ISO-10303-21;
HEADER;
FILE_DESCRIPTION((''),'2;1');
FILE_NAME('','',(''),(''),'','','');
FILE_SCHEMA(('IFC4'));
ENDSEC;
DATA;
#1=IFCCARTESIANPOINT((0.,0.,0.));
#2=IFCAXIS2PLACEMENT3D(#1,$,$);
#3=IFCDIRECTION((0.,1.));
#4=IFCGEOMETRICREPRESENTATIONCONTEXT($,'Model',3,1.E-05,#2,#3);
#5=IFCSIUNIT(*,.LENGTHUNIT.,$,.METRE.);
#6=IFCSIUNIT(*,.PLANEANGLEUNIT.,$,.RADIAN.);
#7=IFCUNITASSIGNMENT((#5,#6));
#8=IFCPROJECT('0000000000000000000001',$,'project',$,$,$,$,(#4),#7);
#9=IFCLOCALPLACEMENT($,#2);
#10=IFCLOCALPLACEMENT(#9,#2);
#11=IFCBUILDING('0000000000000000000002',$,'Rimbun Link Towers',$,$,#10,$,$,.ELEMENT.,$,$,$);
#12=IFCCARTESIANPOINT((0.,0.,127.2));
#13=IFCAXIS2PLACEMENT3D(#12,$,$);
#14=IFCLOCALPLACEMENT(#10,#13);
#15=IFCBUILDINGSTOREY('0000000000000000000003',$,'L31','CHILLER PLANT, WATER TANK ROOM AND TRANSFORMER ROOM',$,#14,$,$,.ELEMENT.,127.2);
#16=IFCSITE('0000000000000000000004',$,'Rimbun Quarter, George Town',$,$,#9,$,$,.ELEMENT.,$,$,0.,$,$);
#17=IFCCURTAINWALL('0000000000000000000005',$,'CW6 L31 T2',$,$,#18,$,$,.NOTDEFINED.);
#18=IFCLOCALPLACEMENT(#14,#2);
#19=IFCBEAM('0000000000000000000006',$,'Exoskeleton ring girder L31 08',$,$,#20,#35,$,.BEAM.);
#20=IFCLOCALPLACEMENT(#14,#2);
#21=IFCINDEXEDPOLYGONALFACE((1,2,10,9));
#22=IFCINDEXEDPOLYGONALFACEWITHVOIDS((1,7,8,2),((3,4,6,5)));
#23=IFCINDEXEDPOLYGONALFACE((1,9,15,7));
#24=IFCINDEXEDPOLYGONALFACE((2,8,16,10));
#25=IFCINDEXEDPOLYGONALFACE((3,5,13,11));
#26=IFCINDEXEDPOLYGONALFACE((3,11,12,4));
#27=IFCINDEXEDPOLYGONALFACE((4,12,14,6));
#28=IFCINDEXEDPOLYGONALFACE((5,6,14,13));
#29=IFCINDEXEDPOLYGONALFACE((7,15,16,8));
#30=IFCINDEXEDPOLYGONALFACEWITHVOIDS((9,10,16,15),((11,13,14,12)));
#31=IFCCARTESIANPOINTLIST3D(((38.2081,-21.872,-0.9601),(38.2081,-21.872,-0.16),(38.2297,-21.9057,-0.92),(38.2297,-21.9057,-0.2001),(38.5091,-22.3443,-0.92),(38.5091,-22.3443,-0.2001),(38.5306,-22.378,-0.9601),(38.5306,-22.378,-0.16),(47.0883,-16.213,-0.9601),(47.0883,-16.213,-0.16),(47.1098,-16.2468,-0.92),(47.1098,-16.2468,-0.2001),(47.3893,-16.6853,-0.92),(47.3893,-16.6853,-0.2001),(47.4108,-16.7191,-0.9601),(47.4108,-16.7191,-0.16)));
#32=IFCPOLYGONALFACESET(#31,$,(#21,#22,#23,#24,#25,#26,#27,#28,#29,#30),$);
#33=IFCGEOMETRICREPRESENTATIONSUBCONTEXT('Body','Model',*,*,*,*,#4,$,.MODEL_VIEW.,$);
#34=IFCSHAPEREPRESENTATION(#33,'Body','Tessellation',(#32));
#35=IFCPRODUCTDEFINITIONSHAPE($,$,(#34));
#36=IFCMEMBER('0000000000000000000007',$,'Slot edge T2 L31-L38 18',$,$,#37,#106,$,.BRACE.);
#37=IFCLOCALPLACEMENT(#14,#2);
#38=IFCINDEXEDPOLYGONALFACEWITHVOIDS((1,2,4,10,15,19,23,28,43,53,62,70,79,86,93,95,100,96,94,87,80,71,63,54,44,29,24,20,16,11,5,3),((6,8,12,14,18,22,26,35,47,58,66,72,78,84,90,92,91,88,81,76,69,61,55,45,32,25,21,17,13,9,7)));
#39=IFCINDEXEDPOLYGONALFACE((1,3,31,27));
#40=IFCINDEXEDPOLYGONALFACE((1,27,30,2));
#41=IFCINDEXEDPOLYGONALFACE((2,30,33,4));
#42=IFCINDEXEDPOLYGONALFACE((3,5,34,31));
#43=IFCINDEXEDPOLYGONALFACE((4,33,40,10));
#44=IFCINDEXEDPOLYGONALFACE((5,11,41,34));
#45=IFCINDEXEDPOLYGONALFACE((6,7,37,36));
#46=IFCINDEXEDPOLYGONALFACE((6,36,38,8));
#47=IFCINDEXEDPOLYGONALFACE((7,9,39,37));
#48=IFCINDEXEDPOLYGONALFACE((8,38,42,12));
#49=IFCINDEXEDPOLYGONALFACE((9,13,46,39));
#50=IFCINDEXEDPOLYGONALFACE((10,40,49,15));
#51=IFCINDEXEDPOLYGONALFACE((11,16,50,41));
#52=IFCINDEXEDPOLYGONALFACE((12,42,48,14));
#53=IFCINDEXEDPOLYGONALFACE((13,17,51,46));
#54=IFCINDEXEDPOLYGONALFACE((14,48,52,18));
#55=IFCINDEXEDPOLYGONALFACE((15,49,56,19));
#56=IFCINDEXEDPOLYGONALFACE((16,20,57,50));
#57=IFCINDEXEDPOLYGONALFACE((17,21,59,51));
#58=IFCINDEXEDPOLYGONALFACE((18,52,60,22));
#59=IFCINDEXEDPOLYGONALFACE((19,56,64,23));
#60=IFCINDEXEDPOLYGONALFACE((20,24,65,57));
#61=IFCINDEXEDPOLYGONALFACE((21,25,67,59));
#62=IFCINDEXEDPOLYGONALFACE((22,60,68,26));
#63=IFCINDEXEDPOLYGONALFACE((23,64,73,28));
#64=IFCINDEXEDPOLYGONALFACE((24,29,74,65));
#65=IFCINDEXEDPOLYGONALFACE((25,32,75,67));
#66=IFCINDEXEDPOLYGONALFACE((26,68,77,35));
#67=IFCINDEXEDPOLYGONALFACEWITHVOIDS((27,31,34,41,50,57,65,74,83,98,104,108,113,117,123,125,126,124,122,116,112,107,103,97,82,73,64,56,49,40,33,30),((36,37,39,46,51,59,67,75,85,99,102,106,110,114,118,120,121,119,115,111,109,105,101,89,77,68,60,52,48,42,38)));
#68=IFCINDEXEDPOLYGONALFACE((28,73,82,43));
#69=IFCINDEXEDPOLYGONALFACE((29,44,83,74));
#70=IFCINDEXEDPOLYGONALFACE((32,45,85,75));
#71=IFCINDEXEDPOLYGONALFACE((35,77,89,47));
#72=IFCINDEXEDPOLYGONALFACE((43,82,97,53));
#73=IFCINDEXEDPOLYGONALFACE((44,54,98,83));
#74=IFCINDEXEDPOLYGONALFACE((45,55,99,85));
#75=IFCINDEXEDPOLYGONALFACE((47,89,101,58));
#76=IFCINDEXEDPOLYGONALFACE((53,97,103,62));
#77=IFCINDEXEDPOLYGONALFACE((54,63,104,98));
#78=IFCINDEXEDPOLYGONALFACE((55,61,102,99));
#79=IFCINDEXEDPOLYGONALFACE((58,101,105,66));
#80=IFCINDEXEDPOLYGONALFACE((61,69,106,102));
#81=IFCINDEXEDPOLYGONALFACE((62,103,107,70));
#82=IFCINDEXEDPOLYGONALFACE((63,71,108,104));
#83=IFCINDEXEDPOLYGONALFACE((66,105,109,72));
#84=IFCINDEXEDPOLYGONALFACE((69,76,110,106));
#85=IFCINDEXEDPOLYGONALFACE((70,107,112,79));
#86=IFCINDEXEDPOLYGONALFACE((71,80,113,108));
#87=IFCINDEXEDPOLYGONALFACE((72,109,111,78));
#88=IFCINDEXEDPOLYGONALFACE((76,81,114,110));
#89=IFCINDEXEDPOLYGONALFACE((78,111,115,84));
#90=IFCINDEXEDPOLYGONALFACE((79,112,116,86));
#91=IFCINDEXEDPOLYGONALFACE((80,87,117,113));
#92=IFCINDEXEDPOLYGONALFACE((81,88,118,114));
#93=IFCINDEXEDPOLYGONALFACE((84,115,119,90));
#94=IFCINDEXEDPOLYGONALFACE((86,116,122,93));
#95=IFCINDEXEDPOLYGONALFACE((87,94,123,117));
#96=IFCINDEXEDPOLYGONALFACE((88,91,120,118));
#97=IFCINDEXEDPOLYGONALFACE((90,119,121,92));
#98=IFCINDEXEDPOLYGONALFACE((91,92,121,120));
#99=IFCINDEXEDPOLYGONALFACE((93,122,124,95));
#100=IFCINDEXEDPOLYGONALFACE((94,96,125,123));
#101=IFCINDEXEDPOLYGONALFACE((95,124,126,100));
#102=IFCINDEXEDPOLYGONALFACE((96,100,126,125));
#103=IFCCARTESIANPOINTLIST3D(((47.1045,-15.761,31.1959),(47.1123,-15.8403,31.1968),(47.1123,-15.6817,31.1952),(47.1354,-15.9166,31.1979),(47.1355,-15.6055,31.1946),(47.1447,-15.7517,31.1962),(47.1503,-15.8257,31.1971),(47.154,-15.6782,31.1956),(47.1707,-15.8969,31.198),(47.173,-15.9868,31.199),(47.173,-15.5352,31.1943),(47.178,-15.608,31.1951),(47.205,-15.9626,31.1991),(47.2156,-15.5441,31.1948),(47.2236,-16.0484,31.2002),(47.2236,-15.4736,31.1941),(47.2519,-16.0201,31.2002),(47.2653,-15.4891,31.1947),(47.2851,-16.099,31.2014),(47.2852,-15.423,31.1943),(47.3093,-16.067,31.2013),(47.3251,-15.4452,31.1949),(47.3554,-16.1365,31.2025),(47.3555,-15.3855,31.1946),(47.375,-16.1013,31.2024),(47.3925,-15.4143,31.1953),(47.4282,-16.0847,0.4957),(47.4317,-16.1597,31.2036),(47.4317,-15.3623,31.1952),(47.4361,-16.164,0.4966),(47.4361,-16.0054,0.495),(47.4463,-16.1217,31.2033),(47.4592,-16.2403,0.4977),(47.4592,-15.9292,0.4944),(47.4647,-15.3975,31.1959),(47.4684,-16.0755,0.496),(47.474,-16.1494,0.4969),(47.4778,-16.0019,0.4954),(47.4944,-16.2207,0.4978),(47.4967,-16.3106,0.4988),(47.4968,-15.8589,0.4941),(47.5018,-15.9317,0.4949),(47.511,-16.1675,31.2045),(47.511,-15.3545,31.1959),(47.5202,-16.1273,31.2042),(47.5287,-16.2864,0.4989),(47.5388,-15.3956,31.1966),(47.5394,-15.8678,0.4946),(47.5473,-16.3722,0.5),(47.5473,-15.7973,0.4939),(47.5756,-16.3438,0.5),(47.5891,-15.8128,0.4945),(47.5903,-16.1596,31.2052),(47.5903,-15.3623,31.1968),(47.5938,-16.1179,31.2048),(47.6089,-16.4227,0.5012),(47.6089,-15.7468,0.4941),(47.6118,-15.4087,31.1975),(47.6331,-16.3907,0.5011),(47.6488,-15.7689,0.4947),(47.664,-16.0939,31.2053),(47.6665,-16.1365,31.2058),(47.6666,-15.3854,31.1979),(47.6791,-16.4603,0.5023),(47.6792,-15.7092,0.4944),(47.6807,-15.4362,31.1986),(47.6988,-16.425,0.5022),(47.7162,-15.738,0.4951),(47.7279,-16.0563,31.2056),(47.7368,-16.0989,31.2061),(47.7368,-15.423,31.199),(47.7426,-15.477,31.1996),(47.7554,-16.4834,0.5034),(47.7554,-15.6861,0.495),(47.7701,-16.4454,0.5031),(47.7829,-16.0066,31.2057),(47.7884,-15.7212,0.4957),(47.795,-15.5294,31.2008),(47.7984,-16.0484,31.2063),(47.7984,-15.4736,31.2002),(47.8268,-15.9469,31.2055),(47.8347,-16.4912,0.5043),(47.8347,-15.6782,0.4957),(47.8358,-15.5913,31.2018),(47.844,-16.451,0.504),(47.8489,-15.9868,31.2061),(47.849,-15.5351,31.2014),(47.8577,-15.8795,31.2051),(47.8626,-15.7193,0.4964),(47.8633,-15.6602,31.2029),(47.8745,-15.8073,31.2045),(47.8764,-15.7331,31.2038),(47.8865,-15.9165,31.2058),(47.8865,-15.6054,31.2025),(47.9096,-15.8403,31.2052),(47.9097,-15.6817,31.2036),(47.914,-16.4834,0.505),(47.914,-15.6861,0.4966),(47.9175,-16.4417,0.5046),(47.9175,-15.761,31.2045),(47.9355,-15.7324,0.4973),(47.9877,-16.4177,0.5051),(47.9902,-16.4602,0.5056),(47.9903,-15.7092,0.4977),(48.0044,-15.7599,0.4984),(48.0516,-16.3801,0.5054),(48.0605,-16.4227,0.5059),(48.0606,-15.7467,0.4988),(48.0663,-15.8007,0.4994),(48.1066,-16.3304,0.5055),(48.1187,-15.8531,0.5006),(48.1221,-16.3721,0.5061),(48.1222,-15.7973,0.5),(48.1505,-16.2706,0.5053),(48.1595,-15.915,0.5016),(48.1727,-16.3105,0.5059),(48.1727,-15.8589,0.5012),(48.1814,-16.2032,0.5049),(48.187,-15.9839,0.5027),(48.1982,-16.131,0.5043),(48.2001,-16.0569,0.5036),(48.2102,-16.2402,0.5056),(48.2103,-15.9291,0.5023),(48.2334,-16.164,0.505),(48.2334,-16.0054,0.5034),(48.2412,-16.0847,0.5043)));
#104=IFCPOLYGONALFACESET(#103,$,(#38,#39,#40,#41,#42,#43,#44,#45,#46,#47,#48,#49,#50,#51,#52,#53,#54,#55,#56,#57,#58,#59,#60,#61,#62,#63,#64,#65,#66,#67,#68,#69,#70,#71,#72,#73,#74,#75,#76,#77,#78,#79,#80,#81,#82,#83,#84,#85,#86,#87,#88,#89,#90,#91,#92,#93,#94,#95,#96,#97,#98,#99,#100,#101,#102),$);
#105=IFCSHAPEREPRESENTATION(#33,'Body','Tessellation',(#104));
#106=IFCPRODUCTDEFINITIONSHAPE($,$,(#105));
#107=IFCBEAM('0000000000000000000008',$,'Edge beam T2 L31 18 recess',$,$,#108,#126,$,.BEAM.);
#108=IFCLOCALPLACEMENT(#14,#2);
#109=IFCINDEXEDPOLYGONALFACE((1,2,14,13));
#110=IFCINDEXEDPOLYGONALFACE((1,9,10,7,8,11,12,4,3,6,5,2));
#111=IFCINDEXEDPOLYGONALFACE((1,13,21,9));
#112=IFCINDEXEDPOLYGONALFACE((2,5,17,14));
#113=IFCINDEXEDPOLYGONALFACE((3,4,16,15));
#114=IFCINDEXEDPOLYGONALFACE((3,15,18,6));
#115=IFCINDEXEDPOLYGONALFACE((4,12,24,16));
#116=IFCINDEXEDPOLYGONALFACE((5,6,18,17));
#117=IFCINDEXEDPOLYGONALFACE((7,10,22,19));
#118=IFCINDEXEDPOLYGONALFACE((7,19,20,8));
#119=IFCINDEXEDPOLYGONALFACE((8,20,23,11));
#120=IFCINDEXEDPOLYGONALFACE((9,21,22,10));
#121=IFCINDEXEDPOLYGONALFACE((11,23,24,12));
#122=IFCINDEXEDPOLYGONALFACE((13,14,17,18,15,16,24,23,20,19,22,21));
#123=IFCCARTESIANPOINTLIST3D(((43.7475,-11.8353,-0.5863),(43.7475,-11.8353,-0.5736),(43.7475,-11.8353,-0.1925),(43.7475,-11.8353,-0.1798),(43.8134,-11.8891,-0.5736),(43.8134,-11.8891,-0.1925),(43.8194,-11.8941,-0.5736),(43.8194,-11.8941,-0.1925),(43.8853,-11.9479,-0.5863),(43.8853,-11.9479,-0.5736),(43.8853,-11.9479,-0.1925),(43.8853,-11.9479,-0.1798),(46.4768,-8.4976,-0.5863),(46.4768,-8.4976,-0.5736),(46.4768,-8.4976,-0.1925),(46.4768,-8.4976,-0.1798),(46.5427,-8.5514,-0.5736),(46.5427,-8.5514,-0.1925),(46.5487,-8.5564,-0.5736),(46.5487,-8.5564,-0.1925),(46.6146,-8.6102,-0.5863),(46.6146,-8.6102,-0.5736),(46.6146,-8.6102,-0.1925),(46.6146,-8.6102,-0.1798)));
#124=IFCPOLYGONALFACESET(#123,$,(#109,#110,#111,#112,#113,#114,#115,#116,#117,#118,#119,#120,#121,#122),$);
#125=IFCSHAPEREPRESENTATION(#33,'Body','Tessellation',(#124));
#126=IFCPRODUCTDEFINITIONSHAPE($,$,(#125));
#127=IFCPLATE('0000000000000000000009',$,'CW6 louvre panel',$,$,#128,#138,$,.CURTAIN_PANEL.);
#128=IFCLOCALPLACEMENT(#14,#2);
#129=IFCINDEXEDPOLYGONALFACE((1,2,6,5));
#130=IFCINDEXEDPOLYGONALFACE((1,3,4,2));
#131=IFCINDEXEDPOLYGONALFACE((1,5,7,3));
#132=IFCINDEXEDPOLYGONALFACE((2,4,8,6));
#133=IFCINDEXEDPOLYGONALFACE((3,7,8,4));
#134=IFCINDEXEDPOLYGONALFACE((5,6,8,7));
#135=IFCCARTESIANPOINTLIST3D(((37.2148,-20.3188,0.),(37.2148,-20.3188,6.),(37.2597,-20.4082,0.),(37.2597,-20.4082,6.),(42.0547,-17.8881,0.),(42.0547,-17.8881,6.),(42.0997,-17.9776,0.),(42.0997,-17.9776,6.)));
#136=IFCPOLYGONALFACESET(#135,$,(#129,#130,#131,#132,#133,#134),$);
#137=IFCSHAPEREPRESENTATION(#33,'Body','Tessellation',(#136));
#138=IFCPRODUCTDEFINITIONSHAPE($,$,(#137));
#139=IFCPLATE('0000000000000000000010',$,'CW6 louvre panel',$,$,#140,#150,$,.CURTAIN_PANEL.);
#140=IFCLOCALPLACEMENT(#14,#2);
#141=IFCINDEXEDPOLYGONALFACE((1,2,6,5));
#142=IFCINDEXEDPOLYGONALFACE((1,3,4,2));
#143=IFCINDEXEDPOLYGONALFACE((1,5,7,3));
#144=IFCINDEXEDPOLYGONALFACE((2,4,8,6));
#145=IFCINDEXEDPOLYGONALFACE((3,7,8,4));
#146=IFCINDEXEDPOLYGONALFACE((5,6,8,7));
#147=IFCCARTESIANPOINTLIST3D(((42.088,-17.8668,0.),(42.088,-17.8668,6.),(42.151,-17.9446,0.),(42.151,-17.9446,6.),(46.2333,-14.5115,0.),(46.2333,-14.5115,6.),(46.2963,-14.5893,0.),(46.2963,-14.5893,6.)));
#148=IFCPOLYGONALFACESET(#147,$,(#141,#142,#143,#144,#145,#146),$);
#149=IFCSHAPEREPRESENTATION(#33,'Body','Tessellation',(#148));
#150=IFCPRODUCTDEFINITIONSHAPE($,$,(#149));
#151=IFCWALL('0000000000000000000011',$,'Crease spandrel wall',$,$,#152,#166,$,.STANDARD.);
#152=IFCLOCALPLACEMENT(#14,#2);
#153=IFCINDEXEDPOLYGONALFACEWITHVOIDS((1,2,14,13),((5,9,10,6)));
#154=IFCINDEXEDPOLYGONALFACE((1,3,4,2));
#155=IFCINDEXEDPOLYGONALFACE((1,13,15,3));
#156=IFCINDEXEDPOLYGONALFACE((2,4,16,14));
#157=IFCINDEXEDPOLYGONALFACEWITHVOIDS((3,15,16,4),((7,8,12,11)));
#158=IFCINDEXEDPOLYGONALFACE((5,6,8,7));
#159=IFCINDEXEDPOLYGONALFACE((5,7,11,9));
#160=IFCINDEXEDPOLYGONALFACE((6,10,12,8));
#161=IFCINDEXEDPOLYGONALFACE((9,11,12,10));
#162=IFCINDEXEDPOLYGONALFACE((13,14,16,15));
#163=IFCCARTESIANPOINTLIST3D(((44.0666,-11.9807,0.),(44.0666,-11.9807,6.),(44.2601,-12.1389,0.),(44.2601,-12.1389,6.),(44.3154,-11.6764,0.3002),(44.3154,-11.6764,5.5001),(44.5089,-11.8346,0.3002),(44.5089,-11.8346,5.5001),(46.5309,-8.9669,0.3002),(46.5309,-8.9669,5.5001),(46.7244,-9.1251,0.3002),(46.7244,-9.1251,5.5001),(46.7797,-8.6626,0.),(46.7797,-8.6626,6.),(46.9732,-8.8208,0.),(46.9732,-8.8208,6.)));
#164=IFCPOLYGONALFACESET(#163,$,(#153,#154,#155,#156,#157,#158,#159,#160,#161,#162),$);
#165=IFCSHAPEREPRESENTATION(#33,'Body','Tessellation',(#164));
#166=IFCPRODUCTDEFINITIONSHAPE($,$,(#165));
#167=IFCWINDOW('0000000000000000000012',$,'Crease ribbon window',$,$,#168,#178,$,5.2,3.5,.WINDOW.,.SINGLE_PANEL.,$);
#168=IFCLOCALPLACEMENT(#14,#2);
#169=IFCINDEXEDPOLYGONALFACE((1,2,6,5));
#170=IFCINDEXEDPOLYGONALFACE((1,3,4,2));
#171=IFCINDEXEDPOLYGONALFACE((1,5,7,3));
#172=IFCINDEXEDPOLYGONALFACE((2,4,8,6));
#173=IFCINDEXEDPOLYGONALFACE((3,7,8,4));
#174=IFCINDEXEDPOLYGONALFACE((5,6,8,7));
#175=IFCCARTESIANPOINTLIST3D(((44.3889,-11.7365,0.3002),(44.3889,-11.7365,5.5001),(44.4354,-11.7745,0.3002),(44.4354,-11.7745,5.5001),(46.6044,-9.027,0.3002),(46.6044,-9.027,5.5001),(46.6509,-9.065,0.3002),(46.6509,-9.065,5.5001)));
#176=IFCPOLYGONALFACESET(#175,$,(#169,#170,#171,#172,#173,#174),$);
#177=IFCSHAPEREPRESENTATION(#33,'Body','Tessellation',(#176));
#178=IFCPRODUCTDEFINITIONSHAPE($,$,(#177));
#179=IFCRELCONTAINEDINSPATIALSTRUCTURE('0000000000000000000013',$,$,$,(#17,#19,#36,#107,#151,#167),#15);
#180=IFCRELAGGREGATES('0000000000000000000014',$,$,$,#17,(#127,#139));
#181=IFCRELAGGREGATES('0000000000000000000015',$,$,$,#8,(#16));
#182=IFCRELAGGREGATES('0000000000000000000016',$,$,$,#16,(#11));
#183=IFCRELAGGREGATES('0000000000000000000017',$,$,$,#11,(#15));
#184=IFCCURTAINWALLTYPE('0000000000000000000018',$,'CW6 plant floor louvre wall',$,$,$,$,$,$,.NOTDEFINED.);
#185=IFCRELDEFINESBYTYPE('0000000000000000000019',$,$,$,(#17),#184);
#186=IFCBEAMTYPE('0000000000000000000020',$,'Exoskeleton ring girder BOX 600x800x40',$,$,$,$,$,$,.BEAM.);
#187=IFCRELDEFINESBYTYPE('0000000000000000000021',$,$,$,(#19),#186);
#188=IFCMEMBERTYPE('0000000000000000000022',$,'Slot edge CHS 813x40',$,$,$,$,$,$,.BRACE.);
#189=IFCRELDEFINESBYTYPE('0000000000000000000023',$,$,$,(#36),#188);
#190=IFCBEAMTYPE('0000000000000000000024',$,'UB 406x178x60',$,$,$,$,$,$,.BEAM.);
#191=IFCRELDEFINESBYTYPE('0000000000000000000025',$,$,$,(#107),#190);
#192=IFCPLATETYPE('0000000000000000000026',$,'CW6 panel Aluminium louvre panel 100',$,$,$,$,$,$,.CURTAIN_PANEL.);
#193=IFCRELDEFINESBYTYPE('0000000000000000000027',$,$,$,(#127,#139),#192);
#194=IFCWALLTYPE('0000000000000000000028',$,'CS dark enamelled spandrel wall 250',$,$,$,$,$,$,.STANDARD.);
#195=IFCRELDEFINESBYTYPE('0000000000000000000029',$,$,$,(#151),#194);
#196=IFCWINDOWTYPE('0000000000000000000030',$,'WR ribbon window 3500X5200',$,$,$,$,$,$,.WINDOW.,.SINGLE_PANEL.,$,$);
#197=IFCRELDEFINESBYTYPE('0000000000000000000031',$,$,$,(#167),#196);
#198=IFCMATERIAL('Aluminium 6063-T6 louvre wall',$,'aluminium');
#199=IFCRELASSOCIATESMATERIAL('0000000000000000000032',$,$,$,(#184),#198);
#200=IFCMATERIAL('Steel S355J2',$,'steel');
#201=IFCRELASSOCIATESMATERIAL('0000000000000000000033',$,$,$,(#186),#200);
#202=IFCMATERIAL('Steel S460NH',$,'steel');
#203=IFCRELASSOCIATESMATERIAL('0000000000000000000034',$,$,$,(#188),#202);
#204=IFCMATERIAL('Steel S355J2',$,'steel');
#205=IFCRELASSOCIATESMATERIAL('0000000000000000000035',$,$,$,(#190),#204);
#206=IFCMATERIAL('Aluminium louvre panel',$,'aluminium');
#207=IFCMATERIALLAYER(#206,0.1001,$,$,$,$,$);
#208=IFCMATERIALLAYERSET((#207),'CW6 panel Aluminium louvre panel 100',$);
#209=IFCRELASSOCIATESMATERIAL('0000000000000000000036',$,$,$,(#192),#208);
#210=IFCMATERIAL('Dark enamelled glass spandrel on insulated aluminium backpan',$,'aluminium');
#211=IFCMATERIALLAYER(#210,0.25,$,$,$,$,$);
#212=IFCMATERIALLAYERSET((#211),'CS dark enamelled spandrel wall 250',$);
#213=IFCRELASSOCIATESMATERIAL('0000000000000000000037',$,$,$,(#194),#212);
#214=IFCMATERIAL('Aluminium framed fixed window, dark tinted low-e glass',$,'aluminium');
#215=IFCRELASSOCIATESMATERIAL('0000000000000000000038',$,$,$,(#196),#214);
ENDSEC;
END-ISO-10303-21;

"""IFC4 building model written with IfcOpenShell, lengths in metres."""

from ifc_helpers import new_model, si_unit, direction, frame, frame_2d, origin, origin_2d, place, context, subcontext, project, spatial, rectangle, hollow_rectangle, hollow_circle, i_section, extrude, material, layer, layer_set, material_profile, profile_set, type_object, element, fill, aggregate, save


model = new_model("IFC4")

# Units and contexts
model_context = context("Model", 3, precision=1e-05, world=origin(), true_north=direction((0.0, 1.0)))
body_context = subcontext(model_context, "Body", "Model", "MODEL_VIEW")
ifc_project = project(units=[si_unit("LENGTHUNIT", "METRE"), si_unit("PLANEANGLEUNIT", "RADIAN")], contexts=[model_context])

# Site, building, storey
site_placement = place(None, origin())
site = spatial("IfcSite", under=ifc_project, at=site_placement, Name="Rimbun Quarter, George Town", CompositionType="ELEMENT", RefElevation=0.0)
building_placement = place(site_placement, origin())
building = spatial("IfcBuilding", under=site, at=building_placement, Name="Rimbun Link Towers", CompositionType="ELEMENT")
storey_placement = place(building_placement, frame((0.0, 0.0, 127.2)))
storey = spatial("IfcBuildingStorey", under=building, at=storey_placement, Name="L31", Description="CHILLER PLANT, WATER TANK ROOM AND TRANSFORMER ROOM", CompositionType="ELEMENT", Elevation=127.2)

# Curtain wall
ifc_material_1 = material(Name="Aluminium 6063-T6 louvre wall", Category="aluminium")
curtain_wall_type = type_object("IfcCurtainWallType", Name="CW6 plant floor louvre wall", PredefinedType="NOTDEFINED", material=ifc_material_1)
curtain_wall_placement = place(storey_placement, origin())
curtain_wall = element("IfcCurtainWall", 1, at=curtain_wall_placement, inside=storey, type_object=curtain_wall_type, Name="CW6 L31 T2", PredefinedType="NOTDEFINED")

# Beam
ifc_material_2 = material(Name="Steel S355J2", Category="steel")
ifc_material_profile_1 = material_profile(ifc_material_2, hollow_rectangle(XDim=0.6001, YDim=0.8, WallThickness=0.04, at=origin_2d()), Name="Exoskeleton ring girder BOX 600x800x40")
ifc_profile_set_1 = profile_set([ifc_material_profile_1], Name="Steel S355J2")
beam_type_1 = type_object("IfcBeamType", Name="Exoskeleton ring girder BOX 600x800x40", PredefinedType="BEAM", material=ifc_profile_set_1)
beam_1_placement = place(storey_placement, frame((38.3694, -22.125, -0.5601), z_axis=(0.84332, 0.537412, 0.0), x_axis=(-0.537412, 0.84332, 0.0)))
element("IfcBeam", 2, at=beam_1_placement, inside=storey, type_object=beam_type_1, Name="Exoskeleton ring girder L31 08", PredefinedType="BEAM", context=body_context, shape_type="SweptSolid", body=[
    extrude(hollow_rectangle(XDim=0.6001, YDim=0.8, WallThickness=0.04, at=origin_2d()), origin(), (0.0, 0.0, 1.0), 10.53),
])

# Member
ifc_material_3 = material(Name="Steel S460NH", Category="steel")
ifc_material_profile_2 = material_profile(ifc_material_3, hollow_circle(Radius=0.4065, WallThickness=0.04, at=origin_2d()), Name="Slot edge CHS 813x40")
ifc_profile_set_2 = profile_set([ifc_material_profile_2], Name="Steel S460NH")
member_type_1 = type_object("IfcMemberType", Name="Slot edge CHS 813x40", PredefinedType="BRACE", material=ifc_profile_set_2)
member_1_placement = place(storey_placement, frame((47.8347, -16.0847, 0.5), z_axis=(-0.010544, 0.010544, 0.999889), x_axis=(-0.707107, -0.707107, 0.0)))
element("IfcMember", 3, at=member_1_placement, inside=storey, type_object=member_type_1, Name="Slot edge T2 L31-L38 18", PredefinedType="BRACE", context=body_context, shape_type="SweptSolid", body=[
    extrude(hollow_circle(Radius=0.4065, WallThickness=0.04, at=origin_2d()), origin(), (0.0, 0.0, 1.0), 30.7036),
])

# Beam
ifc_material_4 = material(Name="Steel S355J2", Category="steel")
ifc_material_profile_3 = material_profile(ifc_material_4, i_section(OverallWidth=0.178, OverallDepth=0.4065, WebThickness=0.0078, FlangeThickness=0.0127, at=origin_2d()), Name="UB 406x178x60")
ifc_profile_set_3 = profile_set([ifc_material_profile_3], Name="Steel S355J2")
beam_type_2 = type_object("IfcBeamType", Name="UB 406x178x60", PredefinedType="BEAM", material=ifc_profile_set_3)
beam_2_placement = place(storey_placement, frame((43.8164, -11.8916, -0.3831), z_axis=(0.633022, 0.774134, 0.0), x_axis=(-0.774134, 0.633022, 0.0)))
element("IfcBeam", 4, at=beam_2_placement, inside=storey, type_object=beam_type_2, Name="Edge beam T2 L31 18 recess", PredefinedType="BEAM", context=body_context, shape_type="SweptSolid", body=[
    extrude(i_section(OverallWidth=0.178, OverallDepth=0.4065, WebThickness=0.0078, FlangeThickness=0.0127, at=origin_2d()), origin(), (0.0, 0.0, 1.0), 4.3115),
])

# Plates
ifc_material_5 = material(Name="Aluminium louvre panel", Category="aluminium")
ifc_layer_1 = layer(ifc_material_5, 0.1001)
ifc_layer_set_1 = layer_set([ifc_layer_1], Name="CW6 panel Aluminium louvre panel 100")
plate_type = type_object("IfcPlateType", Name="CW6 panel Aluminium louvre panel 100", PredefinedType="CURTAIN_PANEL", material=ifc_layer_set_1)
plate_1_placement = place(storey_placement, frame((39.6572, -19.1482, 0.0), z_axis=(0.0, 0.0, 1.0), x_axis=(-0.893638, -0.448789, 0.0)))
plate_1 = element("IfcPlate", 5, at=plate_1_placement, type_object=plate_type, Name="CW6 louvre panel", PredefinedType="CURTAIN_PANEL", context=body_context, shape_type="SweptSolid", body=[
    extrude(rectangle(XDim=5.416, YDim=0.1001, at=origin_2d()), origin(), (0.0, 0.0, 1.0), 6.0),
])
plate_2_placement = place(storey_placement, frame((44.1921, -16.228, 0.0), z_axis=(0.0, 0.0, 1.0), x_axis=(-0.777283, -0.629152, 0.0)))
plate_2 = element("IfcPlate", 6, at=plate_2_placement, type_object=plate_type, Name="CW6 louvre panel", PredefinedType="CURTAIN_PANEL", context=body_context, shape_type="SweptSolid", body=[
    extrude(rectangle(XDim=5.333, YDim=0.1001, at=origin_2d()), origin(), (0.0, 0.0, 1.0), 6.0),
])
aggregate(curtain_wall, [plate_1, plate_2])

# Wall, opening, window
ifc_material_6 = material(Name="Dark enamelled glass spandrel on insulated aluminium backpan", Category="aluminium")
ifc_layer_2 = layer(ifc_material_6, 0.25)
ifc_layer_set_2 = layer_set([ifc_layer_2], Name="CS dark enamelled spandrel wall 250")
wall_type_1 = type_object("IfcWallType", Name="CS dark enamelled spandrel wall 250", PredefinedType="STANDARD", material=ifc_layer_set_2)
wall_1_placement = place(storey_placement, frame((46.8765, -8.7417, 0.0), z_axis=(0.0, 0.0, 1.0), x_axis=(-0.633002, -0.77415, 0.0)))
wall_1 = element("IfcWall", 7, at=wall_1_placement, inside=storey, type_object=wall_type_1, Name="Crease spandrel wall", PredefinedType="STANDARD", context=body_context, shape_type="SweptSolid", body=[
    extrude(rectangle(XDim=4.2861, YDim=0.25, at=frame_2d((2.1431, 0.0))), origin(), (0.0, 0.0, 1.0), 6.0),
])
opening_1_placement = place(wall_1_placement, frame((0.3931, 0.0, 0.3)))
opening_1 = element("IfcOpeningElement", 8, at=opening_1_placement, cuts=wall_1, PredefinedType="OPENING", context=body_context, shape_type="SweptSolid", body=[
    extrude(rectangle(XDim=3.5, YDim=5.2, at=frame_2d((1.75, 2.6001))), frame((0.0, 0.135, 0.0), z_axis=(0.0, -1.0, 0.0), x_axis=(1.0, 0.0, 0.0)), (0.0, 0.0, 1.0), 0.27),
])
ifc_material_7 = material(Name="Aluminium framed fixed window, dark tinted low-e glass", Category="aluminium")
window_type_1 = type_object("IfcWindowType", Name="WR ribbon window 3500X5200", PartitioningType="SINGLE_PANEL", PredefinedType="WINDOW", material=ifc_material_7)
window_1_placement = place(opening_1_placement, origin())
window_1 = element("IfcWindow", 9, at=window_1_placement, inside=storey, type_object=window_type_1, Name="Crease ribbon window", OverallHeight=5.2, OverallWidth=3.5, PartitioningType="SINGLE_PANEL", PredefinedType="WINDOW", context=body_context, shape_type="SweptSolid", body=[
    extrude(rectangle(XDim=3.5, YDim=5.2, at=frame_2d((1.75, 2.6001))), frame((0.0, 0.03, 0.0), z_axis=(0.0, -1.0, 0.0), x_axis=(1.0, 0.0, 0.0)), (0.0, 0.0, 1.0), 0.0601),
])
fill(opening_1, window_1)

save(model, "model.ifc")
